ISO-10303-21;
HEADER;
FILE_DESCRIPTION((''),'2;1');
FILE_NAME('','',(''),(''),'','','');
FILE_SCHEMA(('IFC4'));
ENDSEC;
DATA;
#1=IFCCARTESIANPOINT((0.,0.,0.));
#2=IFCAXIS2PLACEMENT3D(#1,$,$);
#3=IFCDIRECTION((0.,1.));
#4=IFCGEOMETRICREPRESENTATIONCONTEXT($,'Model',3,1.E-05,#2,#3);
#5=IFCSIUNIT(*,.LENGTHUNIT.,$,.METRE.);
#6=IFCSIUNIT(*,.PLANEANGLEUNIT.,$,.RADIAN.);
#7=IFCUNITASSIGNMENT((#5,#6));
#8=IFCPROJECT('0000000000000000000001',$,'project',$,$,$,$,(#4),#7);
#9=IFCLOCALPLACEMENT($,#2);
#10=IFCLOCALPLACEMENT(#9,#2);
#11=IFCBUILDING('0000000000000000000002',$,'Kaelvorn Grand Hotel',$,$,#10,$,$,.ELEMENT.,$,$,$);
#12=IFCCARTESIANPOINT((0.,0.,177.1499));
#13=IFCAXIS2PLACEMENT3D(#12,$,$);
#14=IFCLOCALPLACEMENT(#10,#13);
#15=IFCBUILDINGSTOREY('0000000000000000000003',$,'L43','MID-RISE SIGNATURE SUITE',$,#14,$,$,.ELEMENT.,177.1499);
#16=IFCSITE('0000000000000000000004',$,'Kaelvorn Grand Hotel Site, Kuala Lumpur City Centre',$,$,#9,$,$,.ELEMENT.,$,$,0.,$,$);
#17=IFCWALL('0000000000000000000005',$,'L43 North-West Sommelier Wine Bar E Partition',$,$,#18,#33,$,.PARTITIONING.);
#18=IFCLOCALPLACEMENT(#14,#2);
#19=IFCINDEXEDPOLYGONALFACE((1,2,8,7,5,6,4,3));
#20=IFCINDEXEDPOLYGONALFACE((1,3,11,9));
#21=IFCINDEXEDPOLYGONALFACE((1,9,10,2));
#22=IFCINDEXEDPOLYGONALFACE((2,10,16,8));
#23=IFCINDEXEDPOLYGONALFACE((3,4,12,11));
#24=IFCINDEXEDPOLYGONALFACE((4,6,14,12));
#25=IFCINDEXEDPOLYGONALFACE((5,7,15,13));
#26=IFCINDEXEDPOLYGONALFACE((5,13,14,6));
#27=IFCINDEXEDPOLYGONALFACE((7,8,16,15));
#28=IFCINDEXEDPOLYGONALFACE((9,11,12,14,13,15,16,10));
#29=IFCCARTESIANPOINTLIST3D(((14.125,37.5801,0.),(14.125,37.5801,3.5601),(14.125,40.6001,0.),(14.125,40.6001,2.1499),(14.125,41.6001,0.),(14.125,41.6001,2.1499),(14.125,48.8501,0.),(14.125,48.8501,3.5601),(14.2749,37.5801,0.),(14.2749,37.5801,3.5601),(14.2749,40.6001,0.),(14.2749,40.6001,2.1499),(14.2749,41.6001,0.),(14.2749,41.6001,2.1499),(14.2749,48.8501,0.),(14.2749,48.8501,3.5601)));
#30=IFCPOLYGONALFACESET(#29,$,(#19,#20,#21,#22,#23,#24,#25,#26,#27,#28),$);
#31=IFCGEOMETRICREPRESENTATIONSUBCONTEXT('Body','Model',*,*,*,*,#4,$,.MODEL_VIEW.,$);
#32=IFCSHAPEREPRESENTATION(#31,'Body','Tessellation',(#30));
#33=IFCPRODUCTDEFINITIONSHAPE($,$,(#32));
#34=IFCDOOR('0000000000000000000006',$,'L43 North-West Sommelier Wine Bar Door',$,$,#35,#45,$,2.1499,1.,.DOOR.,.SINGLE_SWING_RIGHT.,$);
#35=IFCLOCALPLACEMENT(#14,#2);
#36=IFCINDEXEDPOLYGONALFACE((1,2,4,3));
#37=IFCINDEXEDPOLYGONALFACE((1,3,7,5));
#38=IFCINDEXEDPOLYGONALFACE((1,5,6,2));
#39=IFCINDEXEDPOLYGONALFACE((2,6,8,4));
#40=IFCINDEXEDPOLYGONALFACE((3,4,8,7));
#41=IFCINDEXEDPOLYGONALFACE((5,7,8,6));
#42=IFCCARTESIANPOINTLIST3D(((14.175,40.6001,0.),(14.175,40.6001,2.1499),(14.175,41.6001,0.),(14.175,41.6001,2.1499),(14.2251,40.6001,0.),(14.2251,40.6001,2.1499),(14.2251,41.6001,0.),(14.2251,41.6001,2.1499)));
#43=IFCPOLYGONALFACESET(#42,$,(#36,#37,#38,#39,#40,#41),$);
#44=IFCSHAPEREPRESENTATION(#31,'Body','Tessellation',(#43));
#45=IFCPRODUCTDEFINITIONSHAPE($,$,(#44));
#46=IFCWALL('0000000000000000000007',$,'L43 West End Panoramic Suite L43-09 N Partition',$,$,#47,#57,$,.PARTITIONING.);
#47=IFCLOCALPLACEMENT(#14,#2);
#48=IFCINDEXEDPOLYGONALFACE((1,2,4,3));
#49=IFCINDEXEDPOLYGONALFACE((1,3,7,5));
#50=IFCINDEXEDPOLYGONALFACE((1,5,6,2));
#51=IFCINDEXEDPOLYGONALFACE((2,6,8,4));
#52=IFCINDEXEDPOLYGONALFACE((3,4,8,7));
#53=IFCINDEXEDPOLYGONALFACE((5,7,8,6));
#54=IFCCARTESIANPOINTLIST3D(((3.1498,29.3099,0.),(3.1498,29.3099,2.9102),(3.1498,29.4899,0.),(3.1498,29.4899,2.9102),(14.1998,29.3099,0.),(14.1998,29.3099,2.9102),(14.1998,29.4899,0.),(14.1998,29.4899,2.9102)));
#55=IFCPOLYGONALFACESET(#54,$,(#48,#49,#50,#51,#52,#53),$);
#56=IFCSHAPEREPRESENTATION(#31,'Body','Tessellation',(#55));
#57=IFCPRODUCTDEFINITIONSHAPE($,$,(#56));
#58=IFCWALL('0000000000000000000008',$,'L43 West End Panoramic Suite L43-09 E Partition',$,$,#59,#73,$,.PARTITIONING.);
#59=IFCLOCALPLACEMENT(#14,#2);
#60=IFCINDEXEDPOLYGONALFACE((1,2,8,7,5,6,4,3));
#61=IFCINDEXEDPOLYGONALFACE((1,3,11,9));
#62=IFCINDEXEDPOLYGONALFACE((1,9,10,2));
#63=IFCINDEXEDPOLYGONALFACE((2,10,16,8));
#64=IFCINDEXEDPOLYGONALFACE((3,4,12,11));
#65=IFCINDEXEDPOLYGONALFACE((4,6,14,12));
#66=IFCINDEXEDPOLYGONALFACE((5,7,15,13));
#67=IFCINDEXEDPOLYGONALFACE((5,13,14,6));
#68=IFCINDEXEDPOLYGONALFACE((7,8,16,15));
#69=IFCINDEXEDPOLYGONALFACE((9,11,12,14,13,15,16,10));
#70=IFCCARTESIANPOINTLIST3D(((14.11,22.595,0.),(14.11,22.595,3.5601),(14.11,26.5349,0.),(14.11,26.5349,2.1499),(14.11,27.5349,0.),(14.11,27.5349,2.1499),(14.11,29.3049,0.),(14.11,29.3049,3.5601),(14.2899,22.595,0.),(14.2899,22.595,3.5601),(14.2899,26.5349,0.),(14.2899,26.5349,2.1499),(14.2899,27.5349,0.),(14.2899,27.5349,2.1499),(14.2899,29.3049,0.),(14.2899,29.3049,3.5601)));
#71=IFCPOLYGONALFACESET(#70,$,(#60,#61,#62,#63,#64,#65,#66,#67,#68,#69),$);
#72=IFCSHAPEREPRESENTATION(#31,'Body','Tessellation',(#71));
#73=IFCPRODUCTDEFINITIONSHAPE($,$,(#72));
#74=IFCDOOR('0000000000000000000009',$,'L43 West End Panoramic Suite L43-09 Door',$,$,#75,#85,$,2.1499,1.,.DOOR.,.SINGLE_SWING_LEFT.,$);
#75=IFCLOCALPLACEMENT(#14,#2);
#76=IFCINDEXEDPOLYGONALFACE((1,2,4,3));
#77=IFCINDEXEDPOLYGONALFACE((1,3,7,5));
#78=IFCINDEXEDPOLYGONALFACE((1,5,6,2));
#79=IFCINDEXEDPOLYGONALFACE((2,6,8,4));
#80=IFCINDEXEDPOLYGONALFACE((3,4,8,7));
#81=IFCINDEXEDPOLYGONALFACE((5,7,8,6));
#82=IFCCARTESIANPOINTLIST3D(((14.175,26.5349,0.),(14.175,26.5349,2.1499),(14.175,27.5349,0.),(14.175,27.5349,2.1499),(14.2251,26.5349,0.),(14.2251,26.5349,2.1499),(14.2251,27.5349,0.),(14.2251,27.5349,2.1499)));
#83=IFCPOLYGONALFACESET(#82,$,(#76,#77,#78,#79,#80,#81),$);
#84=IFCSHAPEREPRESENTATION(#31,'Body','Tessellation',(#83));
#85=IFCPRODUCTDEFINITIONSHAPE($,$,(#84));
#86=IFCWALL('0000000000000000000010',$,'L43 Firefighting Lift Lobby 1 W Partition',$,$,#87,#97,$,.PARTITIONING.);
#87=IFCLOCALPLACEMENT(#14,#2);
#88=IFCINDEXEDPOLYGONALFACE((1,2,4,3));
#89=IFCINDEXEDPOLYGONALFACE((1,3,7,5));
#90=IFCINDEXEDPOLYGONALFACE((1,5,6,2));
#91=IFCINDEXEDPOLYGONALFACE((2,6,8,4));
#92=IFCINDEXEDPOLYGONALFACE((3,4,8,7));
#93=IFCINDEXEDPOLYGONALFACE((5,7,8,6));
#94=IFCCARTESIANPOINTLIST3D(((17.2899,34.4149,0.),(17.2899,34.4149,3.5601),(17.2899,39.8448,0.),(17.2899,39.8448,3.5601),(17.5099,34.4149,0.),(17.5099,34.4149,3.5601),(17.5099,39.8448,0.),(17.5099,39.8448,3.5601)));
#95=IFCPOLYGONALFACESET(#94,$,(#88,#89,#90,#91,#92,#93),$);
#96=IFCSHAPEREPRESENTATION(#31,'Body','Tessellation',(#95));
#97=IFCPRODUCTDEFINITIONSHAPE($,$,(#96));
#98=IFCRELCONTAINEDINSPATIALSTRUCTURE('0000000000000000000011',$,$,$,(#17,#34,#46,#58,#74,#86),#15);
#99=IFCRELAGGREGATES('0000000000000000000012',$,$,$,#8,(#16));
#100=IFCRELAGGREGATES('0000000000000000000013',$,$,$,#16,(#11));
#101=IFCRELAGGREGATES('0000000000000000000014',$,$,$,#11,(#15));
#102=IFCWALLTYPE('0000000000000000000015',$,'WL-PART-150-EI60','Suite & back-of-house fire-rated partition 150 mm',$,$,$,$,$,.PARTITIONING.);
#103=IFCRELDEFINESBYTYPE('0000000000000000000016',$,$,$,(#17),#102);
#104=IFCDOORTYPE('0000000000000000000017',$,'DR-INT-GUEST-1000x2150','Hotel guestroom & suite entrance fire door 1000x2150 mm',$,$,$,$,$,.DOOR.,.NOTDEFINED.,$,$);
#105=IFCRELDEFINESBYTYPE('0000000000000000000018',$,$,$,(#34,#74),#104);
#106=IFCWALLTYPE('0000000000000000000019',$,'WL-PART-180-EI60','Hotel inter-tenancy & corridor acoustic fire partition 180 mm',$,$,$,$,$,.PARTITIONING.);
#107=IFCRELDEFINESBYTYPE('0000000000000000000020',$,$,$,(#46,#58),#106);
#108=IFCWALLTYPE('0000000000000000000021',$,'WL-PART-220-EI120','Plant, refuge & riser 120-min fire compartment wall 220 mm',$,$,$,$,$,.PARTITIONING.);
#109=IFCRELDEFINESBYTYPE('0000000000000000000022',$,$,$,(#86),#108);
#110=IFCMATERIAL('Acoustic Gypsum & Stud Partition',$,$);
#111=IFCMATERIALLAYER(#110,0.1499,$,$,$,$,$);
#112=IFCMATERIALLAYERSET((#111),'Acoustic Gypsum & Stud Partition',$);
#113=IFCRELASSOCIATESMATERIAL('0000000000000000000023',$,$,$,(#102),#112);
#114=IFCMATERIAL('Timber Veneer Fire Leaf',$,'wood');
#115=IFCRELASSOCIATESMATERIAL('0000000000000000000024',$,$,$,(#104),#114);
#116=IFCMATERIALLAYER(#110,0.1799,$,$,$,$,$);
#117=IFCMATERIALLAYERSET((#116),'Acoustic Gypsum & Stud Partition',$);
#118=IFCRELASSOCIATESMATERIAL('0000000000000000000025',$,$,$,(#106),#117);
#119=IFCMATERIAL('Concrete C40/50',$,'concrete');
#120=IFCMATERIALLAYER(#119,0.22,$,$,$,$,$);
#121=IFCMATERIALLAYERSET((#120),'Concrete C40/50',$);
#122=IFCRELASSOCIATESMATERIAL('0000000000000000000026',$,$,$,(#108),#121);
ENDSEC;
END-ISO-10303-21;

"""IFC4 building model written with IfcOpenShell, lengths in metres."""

from ifc_helpers import new_model, si_unit, direction, frame, frame_2d, origin, place, context, subcontext, project, spatial, rectangle, extrude, material, layer, layer_set, type_object, element, fill, save


model = new_model("IFC4")

# Units and contexts
model_context = context("Model", 3, precision=1e-05, world=origin(), true_north=direction((0.0, 1.0)))
body_context = subcontext(model_context, "Body", "Model", "MODEL_VIEW")
ifc_project = project(units=[si_unit("LENGTHUNIT", "METRE"), si_unit("PLANEANGLEUNIT", "RADIAN")], contexts=[model_context])

# Site, building, storey
site_placement = place(None, origin())
site = spatial("IfcSite", under=ifc_project, at=site_placement, Name="Kaelvorn Grand Hotel Site, Kuala Lumpur City Centre", CompositionType="ELEMENT", RefElevation=0.0)
building_placement = place(site_placement, origin())
building = spatial("IfcBuilding", under=site, at=building_placement, Name="Kaelvorn Grand Hotel", CompositionType="ELEMENT")
storey_placement = place(building_placement, frame((0.0, 0.0, 177.1499)))
storey = spatial("IfcBuildingStorey", under=building, at=storey_placement, Name="L43", Description="MID-RISE SIGNATURE SUITE", CompositionType="ELEMENT", Elevation=177.1499)

# Shared definitions
ifc_material_1 = material(Name="Acoustic Gypsum & Stud Partition")
ifc_layer_1 = layer(ifc_material_1, 0.1499)
ifc_layer_set_1 = layer_set([ifc_layer_1], Name="Acoustic Gypsum & Stud Partition")
wall_type_1 = type_object("IfcWallType", Name="WL-PART-150-EI60", Description="Suite & back-of-house fire-rated partition 150 mm", PredefinedType="PARTITIONING", material=ifc_layer_set_1)
ifc_material_2 = material(Name="Timber Veneer Fire Leaf", Category="wood")
door_type_1 = type_object("IfcDoorType", Name="DR-INT-GUEST-1000x2150", Description="Hotel guestroom & suite entrance fire door 1000x2150 mm", OperationType="NOTDEFINED", PredefinedType="DOOR", material=ifc_material_2)

# Wall, opening, door
wall_1_placement = place(storey_placement, frame((14.2, 37.5801, 0.0), z_axis=(0.0, 0.0, 1.0), x_axis=(0.0, 1.0, 0.0)))
wall_1 = element("IfcWall", 1, at=wall_1_placement, inside=storey, type_object=wall_type_1, Name="L43 North-West Sommelier Wine Bar E Partition", PredefinedType="PARTITIONING", context=body_context, shape_type="SweptSolid", body=[
    extrude(rectangle(XDim=11.27, YDim=0.1499, at=frame_2d((5.635, 0.0))), origin(), (0.0, 0.0, 1.0), 3.5601),
])
opening_1_placement = place(wall_1_placement, frame((3.02, 0.0, 0.0)))
opening_1 = element("IfcOpeningElement", 2, at=opening_1_placement, cuts=wall_1, PredefinedType="OPENING", context=body_context, shape_type="SweptSolid", body=[
    extrude(rectangle(XDim=1.0, YDim=2.1499, at=frame_2d((0.5, 1.075))), frame((0.0, 0.085, 0.0), z_axis=(0.0, -1.0, 0.0), x_axis=(1.0, 0.0, 0.0)), (0.0, 0.0, 1.0), 0.1699),
])
door_1_placement = place(opening_1_placement, origin())
door_1 = element("IfcDoor", 3, at=door_1_placement, inside=storey, type_object=door_type_1, Name="L43 North-West Sommelier Wine Bar Door", OperationType="SINGLE_SWING_RIGHT", OverallHeight=2.1499, OverallWidth=1.0, PredefinedType="DOOR", context=body_context, shape_type="SweptSolid", body=[
    extrude(rectangle(XDim=1.0, YDim=2.1499, at=frame_2d((0.5, 1.075))), frame((0.0, 0.0249, 0.0), z_axis=(0.0, -1.0, 0.0), x_axis=(1.0, 0.0, 0.0)), (0.0, 0.0, 1.0), 0.05),
])
fill(opening_1, door_1)

# Wall
ifc_layer_2 = layer(ifc_material_1, 0.1799)
ifc_layer_set_2 = layer_set([ifc_layer_2], Name="Acoustic Gypsum & Stud Partition")
wall_type_2 = type_object("IfcWallType", Name="WL-PART-180-EI60", Description="Hotel inter-tenancy & corridor acoustic fire partition 180 mm", PredefinedType="PARTITIONING", material=ifc_layer_set_2)
wall_2_placement = place(storey_placement, frame((3.1499, 29.3999, 0.0), z_axis=(0.0, 0.0, 1.0), x_axis=(1.0, 0.0, 0.0)))
element("IfcWall", 4, at=wall_2_placement, inside=storey, type_object=wall_type_2, Name="L43 West End Panoramic Suite L43-09 N Partition", PredefinedType="PARTITIONING", context=body_context, shape_type="SweptSolid", body=[
    extrude(rectangle(XDim=11.05, YDim=0.1799, at=frame_2d((5.5249, 0.0))), origin(), (0.0, 0.0, 1.0), 2.9102),
])

# Wall, opening, door
wall_3_placement = place(storey_placement, frame((14.2, 22.595, 0.0), z_axis=(0.0, 0.0, 1.0), x_axis=(0.0, 1.0, 0.0)))
wall_3 = element("IfcWall", 5, at=wall_3_placement, inside=storey, type_object=wall_type_2, Name="L43 West End Panoramic Suite L43-09 E Partition", PredefinedType="PARTITIONING", context=body_context, shape_type="SweptSolid", body=[
    extrude(rectangle(XDim=6.71, YDim=0.1799, at=frame_2d((3.355, 0.0))), origin(), (0.0, 0.0, 1.0), 3.5601),
])
opening_2_placement = place(wall_3_placement, frame((3.9399, 0.0, 0.0)))
opening_2 = element("IfcOpeningElement", 6, at=opening_2_placement, cuts=wall_3, PredefinedType="OPENING", context=body_context, shape_type="SweptSolid", body=[
    extrude(rectangle(XDim=1.0, YDim=2.1499, at=frame_2d((0.5, 1.075))), frame((0.0, 0.1001, 0.0), z_axis=(0.0, -1.0, 0.0), x_axis=(1.0, 0.0, 0.0)), (0.0, 0.0, 1.0), 0.2),
])
door_2_placement = place(opening_2_placement, origin())
door_2 = element("IfcDoor", 7, at=door_2_placement, inside=storey, type_object=door_type_1, Name="L43 West End Panoramic Suite L43-09 Door", OperationType="SINGLE_SWING_LEFT", OverallHeight=2.1499, OverallWidth=1.0, PredefinedType="DOOR", context=body_context, shape_type="SweptSolid", body=[
    extrude(rectangle(XDim=1.0, YDim=2.1499, at=frame_2d((0.5, 1.075))), frame((0.0, 0.0249, 0.0), z_axis=(0.0, -1.0, 0.0), x_axis=(1.0, 0.0, 0.0)), (0.0, 0.0, 1.0), 0.05),
])
fill(opening_2, door_2)
ifc_material_3 = material(Name="Concrete C40/50", Category="concrete")
ifc_layer_3 = layer(ifc_material_3, 0.22)
ifc_layer_set_3 = layer_set([ifc_layer_3], Name="Concrete C40/50")
wall_type_3 = type_object("IfcWallType", Name="WL-PART-220-EI120", Description="Plant, refuge & riser 120-min fire compartment wall 220 mm", PredefinedType="PARTITIONING", material=ifc_layer_set_3)

# Wall
wall_4_placement = place(storey_placement, frame((17.3999, 34.415, 0.0), z_axis=(0.0, 0.0, 1.0), x_axis=(0.0, 1.0, 0.0)))
element("IfcWall", 8, at=wall_4_placement, inside=storey, type_object=wall_type_3, Name="L43 Firefighting Lift Lobby 1 W Partition", PredefinedType="PARTITIONING", context=body_context, shape_type="SweptSolid", body=[
    extrude(rectangle(XDim=5.4299, YDim=0.22, at=frame_2d((2.7148, 0.0))), origin(), (0.0, 0.0, 1.0), 3.5601),
])

save(model, "model.ifc")
